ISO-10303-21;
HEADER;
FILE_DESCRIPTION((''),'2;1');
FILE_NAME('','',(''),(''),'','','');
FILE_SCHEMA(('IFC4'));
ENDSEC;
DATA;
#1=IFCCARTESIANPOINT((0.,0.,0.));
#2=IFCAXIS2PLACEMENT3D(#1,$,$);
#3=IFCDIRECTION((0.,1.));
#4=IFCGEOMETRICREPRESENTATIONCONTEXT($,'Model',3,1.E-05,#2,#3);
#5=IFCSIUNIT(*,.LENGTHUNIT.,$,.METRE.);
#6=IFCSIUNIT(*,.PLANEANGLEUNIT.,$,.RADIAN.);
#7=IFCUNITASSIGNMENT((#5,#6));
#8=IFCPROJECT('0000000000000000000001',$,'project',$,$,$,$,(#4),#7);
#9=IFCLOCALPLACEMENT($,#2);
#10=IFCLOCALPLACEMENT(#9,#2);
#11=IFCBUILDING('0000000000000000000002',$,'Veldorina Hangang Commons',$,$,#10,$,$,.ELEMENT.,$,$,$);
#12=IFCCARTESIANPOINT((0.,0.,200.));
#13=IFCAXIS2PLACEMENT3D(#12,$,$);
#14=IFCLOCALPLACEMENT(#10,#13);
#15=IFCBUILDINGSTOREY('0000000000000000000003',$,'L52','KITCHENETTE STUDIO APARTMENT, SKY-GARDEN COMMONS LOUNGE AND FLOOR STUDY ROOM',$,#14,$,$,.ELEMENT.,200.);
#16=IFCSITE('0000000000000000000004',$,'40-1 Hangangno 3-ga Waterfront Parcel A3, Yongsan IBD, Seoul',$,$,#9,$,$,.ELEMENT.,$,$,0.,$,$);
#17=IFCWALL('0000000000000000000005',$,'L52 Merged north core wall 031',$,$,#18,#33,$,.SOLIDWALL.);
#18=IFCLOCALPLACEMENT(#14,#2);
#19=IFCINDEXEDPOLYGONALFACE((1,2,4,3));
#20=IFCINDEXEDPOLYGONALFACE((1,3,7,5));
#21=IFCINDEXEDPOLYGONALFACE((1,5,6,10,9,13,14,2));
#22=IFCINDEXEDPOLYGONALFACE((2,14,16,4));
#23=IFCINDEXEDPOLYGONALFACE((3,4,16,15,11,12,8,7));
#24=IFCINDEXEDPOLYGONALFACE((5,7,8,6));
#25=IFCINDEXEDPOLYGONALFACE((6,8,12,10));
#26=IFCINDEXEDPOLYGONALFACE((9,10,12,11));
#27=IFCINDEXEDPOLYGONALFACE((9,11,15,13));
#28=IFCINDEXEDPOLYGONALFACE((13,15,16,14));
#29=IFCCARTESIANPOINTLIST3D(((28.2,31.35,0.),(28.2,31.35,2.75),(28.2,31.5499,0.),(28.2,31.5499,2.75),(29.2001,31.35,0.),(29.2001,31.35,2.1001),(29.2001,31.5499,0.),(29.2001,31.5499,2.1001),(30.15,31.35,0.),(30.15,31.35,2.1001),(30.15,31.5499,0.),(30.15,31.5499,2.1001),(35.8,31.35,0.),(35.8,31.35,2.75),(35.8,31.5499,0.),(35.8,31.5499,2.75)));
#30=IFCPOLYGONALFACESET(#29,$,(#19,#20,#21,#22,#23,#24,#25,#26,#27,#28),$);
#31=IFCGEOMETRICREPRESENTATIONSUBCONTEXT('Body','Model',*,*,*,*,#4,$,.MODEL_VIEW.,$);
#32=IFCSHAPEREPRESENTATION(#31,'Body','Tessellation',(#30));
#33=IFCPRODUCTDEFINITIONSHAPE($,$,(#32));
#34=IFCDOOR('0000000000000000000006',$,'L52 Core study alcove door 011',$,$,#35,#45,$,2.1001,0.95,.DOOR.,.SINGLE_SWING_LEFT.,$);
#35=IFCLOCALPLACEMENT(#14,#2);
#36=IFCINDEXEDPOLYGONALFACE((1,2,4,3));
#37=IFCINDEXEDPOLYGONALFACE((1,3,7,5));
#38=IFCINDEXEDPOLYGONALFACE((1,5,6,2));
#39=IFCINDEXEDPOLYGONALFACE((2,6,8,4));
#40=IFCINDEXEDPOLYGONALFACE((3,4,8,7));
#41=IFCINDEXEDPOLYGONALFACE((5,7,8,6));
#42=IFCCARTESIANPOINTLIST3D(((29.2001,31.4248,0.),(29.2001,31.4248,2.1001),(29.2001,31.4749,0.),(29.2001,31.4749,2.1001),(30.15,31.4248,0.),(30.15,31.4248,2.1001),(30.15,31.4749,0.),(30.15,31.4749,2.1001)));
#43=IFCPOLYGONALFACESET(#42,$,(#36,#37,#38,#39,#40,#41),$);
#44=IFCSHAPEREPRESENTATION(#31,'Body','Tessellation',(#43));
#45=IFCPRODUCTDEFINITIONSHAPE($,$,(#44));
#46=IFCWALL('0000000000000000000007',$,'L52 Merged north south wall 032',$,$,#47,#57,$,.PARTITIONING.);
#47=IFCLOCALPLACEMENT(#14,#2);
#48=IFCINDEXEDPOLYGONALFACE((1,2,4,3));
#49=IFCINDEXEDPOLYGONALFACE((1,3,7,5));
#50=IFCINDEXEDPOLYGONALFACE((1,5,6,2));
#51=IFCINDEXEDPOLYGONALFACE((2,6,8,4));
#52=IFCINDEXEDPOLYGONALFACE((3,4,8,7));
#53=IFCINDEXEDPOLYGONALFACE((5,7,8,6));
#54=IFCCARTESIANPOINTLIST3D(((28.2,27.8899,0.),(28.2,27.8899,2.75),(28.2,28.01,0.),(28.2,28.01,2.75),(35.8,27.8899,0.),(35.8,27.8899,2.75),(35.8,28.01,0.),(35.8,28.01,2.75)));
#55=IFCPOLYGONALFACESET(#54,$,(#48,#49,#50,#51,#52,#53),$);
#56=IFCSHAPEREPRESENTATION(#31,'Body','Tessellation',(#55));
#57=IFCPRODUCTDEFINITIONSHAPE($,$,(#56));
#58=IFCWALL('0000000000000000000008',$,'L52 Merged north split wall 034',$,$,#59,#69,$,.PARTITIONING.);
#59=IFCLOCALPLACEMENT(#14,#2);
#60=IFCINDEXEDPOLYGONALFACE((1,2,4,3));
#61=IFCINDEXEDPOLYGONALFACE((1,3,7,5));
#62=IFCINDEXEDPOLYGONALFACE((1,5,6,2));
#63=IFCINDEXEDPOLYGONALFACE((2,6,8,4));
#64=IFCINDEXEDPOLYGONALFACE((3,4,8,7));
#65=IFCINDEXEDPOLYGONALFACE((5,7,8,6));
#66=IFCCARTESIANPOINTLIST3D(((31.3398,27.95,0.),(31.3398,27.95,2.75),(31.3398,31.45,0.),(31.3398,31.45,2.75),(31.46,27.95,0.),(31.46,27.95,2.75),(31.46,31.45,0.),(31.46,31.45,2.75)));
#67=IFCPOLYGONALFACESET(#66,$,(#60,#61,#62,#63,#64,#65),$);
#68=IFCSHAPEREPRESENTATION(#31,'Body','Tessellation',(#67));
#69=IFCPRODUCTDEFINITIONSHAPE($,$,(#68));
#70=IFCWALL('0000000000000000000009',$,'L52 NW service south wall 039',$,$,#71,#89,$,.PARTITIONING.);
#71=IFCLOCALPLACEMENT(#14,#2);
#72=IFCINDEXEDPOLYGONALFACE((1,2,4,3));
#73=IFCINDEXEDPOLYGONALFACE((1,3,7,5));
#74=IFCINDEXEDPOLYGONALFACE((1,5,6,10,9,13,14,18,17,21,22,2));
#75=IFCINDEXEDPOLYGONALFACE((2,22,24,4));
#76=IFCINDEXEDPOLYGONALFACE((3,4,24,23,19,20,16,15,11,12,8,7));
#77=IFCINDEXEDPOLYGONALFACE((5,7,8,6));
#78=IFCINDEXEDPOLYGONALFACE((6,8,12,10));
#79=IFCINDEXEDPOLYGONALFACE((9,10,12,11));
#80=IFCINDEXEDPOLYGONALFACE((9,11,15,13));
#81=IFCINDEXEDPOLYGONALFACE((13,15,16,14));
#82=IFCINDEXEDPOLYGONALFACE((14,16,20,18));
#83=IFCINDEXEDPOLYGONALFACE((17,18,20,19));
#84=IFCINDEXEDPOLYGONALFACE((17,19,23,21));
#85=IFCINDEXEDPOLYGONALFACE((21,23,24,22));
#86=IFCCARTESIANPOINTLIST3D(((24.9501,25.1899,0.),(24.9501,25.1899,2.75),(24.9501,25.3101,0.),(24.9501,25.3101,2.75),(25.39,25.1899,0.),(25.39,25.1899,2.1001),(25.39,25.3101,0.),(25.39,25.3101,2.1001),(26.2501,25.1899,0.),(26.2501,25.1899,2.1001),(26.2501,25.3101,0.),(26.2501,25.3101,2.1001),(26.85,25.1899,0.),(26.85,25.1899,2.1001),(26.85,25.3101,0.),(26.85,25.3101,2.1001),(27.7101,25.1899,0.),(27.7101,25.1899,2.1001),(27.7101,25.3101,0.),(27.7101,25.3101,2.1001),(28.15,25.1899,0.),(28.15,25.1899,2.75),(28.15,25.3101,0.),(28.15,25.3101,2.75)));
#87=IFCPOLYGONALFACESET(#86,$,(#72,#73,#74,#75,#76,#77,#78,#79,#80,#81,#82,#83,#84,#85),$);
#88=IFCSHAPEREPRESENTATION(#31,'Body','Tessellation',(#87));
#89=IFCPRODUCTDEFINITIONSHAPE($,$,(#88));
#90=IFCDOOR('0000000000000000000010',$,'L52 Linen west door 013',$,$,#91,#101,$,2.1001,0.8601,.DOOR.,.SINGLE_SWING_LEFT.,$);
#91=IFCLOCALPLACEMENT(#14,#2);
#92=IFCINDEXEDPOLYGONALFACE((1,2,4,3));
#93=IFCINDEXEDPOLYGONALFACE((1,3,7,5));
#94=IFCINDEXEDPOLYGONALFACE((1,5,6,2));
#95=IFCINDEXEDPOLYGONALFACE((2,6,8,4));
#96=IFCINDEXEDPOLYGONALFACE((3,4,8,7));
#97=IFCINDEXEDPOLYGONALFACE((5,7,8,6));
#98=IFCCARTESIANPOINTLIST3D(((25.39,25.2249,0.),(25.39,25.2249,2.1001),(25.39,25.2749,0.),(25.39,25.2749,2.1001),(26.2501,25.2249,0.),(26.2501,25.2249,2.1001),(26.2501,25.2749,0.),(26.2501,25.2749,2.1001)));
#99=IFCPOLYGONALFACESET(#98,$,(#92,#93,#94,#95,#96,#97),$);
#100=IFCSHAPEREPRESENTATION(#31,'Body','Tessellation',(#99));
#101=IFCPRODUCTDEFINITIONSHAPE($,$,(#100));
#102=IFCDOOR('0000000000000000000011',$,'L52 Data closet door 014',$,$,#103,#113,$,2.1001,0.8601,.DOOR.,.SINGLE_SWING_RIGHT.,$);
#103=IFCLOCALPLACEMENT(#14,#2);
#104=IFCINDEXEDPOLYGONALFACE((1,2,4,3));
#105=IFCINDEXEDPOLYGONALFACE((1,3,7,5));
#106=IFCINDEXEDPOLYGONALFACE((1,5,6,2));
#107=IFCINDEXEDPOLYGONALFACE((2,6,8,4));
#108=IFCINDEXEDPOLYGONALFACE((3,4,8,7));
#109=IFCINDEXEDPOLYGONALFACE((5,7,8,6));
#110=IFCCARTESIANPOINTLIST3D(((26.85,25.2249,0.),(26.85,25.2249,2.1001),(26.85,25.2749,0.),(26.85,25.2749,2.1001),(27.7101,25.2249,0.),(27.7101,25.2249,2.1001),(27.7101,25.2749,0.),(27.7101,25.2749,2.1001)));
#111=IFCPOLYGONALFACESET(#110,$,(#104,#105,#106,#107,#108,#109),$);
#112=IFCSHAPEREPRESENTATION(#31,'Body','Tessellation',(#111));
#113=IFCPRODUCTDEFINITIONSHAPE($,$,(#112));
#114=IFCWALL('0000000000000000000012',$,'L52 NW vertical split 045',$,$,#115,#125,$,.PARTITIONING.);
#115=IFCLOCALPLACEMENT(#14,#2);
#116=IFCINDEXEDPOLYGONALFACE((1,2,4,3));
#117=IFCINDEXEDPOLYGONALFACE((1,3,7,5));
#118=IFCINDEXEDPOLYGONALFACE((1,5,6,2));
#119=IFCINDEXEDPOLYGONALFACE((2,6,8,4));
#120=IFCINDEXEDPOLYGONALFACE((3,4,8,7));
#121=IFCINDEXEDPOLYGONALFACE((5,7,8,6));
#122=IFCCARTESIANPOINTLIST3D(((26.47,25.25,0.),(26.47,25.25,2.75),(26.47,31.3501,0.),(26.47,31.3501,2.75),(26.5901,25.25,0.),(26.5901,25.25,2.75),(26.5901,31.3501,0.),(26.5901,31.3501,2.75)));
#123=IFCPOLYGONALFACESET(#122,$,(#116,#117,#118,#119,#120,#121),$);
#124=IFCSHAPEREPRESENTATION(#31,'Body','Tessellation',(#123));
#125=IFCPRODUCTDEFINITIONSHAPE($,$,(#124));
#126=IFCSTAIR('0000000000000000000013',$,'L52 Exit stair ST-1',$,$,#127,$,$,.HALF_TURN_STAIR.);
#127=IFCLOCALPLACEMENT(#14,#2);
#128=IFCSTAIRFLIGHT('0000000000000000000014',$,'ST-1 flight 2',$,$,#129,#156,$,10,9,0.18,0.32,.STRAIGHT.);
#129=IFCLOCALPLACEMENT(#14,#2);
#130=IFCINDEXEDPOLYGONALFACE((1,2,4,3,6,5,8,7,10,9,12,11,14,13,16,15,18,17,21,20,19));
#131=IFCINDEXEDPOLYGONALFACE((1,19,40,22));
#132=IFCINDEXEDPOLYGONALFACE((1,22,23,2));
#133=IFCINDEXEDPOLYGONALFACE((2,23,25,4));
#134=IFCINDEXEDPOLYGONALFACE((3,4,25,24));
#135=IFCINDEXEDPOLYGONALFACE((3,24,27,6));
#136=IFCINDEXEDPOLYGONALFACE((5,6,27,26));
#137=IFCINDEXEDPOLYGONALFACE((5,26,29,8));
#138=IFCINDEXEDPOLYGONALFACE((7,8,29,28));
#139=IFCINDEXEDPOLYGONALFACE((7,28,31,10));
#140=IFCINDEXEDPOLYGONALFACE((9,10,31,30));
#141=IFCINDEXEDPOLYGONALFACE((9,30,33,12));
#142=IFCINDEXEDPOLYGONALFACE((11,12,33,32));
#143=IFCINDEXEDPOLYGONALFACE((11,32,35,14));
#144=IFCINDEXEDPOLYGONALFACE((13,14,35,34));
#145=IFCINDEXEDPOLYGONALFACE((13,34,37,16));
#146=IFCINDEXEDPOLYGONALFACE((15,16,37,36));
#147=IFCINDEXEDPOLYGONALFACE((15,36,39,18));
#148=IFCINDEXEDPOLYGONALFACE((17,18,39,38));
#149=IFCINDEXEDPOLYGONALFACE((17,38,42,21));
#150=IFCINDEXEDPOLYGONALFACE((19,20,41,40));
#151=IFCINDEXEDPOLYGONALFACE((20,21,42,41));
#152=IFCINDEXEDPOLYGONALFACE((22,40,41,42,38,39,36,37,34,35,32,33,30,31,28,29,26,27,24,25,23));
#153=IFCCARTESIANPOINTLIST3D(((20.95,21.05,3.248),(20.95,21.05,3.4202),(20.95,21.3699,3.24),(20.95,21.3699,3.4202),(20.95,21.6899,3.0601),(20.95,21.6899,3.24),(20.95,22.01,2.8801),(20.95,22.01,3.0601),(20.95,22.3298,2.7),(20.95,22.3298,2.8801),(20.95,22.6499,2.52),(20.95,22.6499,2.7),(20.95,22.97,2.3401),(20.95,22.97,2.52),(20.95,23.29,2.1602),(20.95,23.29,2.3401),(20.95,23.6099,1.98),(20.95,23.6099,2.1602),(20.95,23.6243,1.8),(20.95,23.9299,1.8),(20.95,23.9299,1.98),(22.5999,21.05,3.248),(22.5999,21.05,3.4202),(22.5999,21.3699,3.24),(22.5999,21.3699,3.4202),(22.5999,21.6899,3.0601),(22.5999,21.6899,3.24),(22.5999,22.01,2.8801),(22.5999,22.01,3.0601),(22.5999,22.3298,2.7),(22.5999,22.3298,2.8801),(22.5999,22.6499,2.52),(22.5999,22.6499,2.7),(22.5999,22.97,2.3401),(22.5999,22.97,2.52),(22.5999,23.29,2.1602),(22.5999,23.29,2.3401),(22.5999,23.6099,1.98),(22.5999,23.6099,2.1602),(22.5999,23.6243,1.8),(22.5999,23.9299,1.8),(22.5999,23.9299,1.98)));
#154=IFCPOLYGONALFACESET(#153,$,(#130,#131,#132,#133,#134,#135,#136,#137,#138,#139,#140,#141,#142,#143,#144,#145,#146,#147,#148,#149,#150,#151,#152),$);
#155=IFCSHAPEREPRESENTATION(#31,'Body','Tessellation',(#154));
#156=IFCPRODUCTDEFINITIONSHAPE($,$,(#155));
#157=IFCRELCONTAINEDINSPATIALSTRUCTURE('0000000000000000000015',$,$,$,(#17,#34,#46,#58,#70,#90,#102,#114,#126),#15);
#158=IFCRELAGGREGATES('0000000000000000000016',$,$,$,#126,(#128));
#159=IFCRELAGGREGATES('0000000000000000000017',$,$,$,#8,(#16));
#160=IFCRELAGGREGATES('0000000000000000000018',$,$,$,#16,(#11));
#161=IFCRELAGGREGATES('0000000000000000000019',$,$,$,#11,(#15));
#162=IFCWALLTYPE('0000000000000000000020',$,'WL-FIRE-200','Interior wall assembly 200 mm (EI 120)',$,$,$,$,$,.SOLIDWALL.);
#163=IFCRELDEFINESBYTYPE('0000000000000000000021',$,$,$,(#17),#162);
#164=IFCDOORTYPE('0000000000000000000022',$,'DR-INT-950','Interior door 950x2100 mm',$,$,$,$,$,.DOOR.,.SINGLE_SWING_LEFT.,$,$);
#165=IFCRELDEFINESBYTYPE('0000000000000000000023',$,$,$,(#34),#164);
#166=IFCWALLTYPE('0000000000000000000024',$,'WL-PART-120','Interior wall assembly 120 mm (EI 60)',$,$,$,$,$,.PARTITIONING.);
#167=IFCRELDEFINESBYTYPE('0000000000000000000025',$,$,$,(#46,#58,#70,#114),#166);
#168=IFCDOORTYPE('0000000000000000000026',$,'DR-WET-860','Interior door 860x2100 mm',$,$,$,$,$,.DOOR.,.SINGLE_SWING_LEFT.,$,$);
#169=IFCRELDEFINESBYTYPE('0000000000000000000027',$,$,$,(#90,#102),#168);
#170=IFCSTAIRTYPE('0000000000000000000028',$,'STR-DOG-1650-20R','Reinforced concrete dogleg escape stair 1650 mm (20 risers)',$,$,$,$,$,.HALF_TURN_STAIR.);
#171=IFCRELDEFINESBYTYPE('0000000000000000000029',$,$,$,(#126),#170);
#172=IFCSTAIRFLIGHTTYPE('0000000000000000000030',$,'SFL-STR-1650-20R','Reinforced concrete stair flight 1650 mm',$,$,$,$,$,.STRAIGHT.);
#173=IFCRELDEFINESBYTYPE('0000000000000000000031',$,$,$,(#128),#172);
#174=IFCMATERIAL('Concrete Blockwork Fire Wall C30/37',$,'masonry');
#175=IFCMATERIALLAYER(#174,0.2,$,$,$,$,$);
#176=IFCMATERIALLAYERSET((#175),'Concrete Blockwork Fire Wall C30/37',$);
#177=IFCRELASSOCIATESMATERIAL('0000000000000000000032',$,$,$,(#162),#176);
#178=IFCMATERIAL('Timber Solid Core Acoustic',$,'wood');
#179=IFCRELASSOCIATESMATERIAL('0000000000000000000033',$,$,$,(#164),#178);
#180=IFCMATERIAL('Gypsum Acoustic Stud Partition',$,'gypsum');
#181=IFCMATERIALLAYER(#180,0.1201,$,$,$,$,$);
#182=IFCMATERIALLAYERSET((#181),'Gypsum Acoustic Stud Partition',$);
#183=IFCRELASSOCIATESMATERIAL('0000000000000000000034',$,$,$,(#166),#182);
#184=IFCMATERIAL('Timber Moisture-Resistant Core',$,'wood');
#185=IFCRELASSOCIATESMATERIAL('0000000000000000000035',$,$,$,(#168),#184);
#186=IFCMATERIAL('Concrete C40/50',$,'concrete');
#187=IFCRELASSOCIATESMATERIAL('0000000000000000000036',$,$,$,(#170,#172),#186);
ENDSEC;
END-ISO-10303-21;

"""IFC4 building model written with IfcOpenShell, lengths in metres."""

from ifc_helpers import new_model, si_unit, direction, frame, frame_2d, origin, place, context, subcontext, project, spatial, polyline, rectangle, outline, extrude, material, layer, layer_set, type_object, element, fill, aggregate, save


model = new_model("IFC4")

# Units and contexts
model_context = context("Model", 3, precision=1e-05, world=origin(), true_north=direction((0.0, 1.0)))
body_context = subcontext(model_context, "Body", "Model", "MODEL_VIEW")
ifc_project = project(units=[si_unit("LENGTHUNIT", "METRE"), si_unit("PLANEANGLEUNIT", "RADIAN")], contexts=[model_context])

# Site, building, storey
site_placement = place(None, origin())
site = spatial("IfcSite", under=ifc_project, at=site_placement, Name="40-1 Hangangno 3-ga Waterfront Parcel A3, Yongsan IBD, Seoul", CompositionType="ELEMENT", RefElevation=0.0)
building_placement = place(site_placement, origin())
building = spatial("IfcBuilding", under=site, at=building_placement, Name="Veldorina Hangang Commons", CompositionType="ELEMENT")
storey_placement = place(building_placement, frame((0.0, 0.0, 200.0)))
storey = spatial("IfcBuildingStorey", under=building, at=storey_placement, Name="L52", Description="KITCHENETTE STUDIO APARTMENT, SKY-GARDEN COMMONS LOUNGE AND FLOOR STUDY ROOM", CompositionType="ELEMENT", Elevation=200.0)

# Shared definitions
ifc_material_1 = material(Name="Concrete Blockwork Fire Wall C30/37", Category="masonry")
ifc_layer_1 = layer(ifc_material_1, 0.2)
ifc_layer_set_1 = layer_set([ifc_layer_1], Name="Concrete Blockwork Fire Wall C30/37")
wall_type_1 = type_object("IfcWallType", Name="WL-FIRE-200", Description="Interior wall assembly 200 mm (EI 120)", PredefinedType="SOLIDWALL", material=ifc_layer_set_1)

# Wall, opening, door
wall_1_placement = place(storey_placement, frame((28.2, 31.45, 0.0), z_axis=(0.0, 0.0, 1.0), x_axis=(1.0, 0.0, 0.0)))
wall_1 = element("IfcWall", 1, at=wall_1_placement, inside=storey, type_object=wall_type_1, Name="L52 Merged north core wall 031", PredefinedType="SOLIDWALL", context=body_context, shape_type="SweptSolid", body=[
    extrude(rectangle(XDim=7.6001, YDim=0.2, at=frame_2d((3.8, 0.0))), origin(), (0.0, 0.0, 1.0), 2.75),
])
opening_1_placement = place(wall_1_placement, frame((1.0, 0.0, 0.0)))
opening_1 = element("IfcOpeningElement", 2, at=opening_1_placement, cuts=wall_1, PredefinedType="OPENING", context=body_context, shape_type="SweptSolid", body=[
    extrude(rectangle(XDim=0.95, YDim=2.1001, at=frame_2d((0.4751, 1.05))), frame((0.0, 0.1099, 0.0), z_axis=(0.0, -1.0, 0.0), x_axis=(1.0, 0.0, 0.0)), (0.0, 0.0, 1.0), 0.22),
])
ifc_material_2 = material(Name="Timber Solid Core Acoustic", Category="wood")
door_type_1 = type_object("IfcDoorType", Name="DR-INT-950", Description="Interior door 950x2100 mm", OperationType="SINGLE_SWING_LEFT", PredefinedType="DOOR", material=ifc_material_2)
door_1_placement = place(opening_1_placement, origin())
door_1 = element("IfcDoor", 3, at=door_1_placement, inside=storey, type_object=door_type_1, Name="L52 Core study alcove door 011", OperationType="SINGLE_SWING_LEFT", OverallHeight=2.1001, OverallWidth=0.95, PredefinedType="DOOR", context=body_context, shape_type="SweptSolid", body=[
    extrude(rectangle(XDim=0.95, YDim=2.1001, at=frame_2d((0.4751, 1.05))), frame((0.0, 0.0249, 0.0), z_axis=(0.0, -1.0, 0.0), x_axis=(1.0, 0.0, 0.0)), (0.0, 0.0, 1.0), 0.05),
])
fill(opening_1, door_1)

# Walls
ifc_material_3 = material(Name="Gypsum Acoustic Stud Partition", Category="gypsum")
ifc_layer_2 = layer(ifc_material_3, 0.1201)
ifc_layer_set_2 = layer_set([ifc_layer_2], Name="Gypsum Acoustic Stud Partition")
wall_type_2 = type_object("IfcWallType", Name="WL-PART-120", Description="Interior wall assembly 120 mm (EI 60)", PredefinedType="PARTITIONING", material=ifc_layer_set_2)
wall_2_placement = place(storey_placement, frame((28.2, 27.95, 0.0), z_axis=(0.0, 0.0, 1.0), x_axis=(1.0, 0.0, 0.0)))
element("IfcWall", 4, at=wall_2_placement, inside=storey, type_object=wall_type_2, Name="L52 Merged north south wall 032", PredefinedType="PARTITIONING", context=body_context, shape_type="SweptSolid", body=[
    extrude(rectangle(XDim=7.6001, YDim=0.1201, at=frame_2d((3.8, 0.0))), origin(), (0.0, 0.0, 1.0), 2.75),
])
wall_3_placement = place(storey_placement, frame((31.3999, 27.95, 0.0), z_axis=(0.0, 0.0, 1.0), x_axis=(0.0, 1.0, 0.0)))
element("IfcWall", 5, at=wall_3_placement, inside=storey, type_object=wall_type_2, Name="L52 Merged north split wall 034", PredefinedType="PARTITIONING", context=body_context, shape_type="SweptSolid", body=[
    extrude(rectangle(XDim=3.5, YDim=0.1201, at=frame_2d((1.75, 0.0))), origin(), (0.0, 0.0, 1.0), 2.75),
])

# Wall, openings, doors
wall_4_placement = place(storey_placement, frame((24.95, 25.25, 0.0), z_axis=(0.0, 0.0, 1.0), x_axis=(1.0, 0.0, 0.0)))
wall_4 = element("IfcWall", 6, at=wall_4_placement, inside=storey, type_object=wall_type_2, Name="L52 NW service south wall 039", PredefinedType="PARTITIONING", context=body_context, shape_type="SweptSolid", body=[
    extrude(rectangle(XDim=3.2, YDim=0.1201, at=frame_2d((1.6001, 0.0))), origin(), (0.0, 0.0, 1.0), 2.75),
])
opening_2_placement = place(wall_4_placement, frame((0.4399, 0.0, 0.0)))
opening_2 = element("IfcOpeningElement", 7, at=opening_2_placement, cuts=wall_4, PredefinedType="OPENING", context=body_context, shape_type="SweptSolid", body=[
    extrude(rectangle(XDim=0.8601, YDim=2.1001, at=frame_2d((0.4302, 1.05))), frame((0.0, 0.0701, 0.0), z_axis=(0.0, -1.0, 0.0), x_axis=(1.0, 0.0, 0.0)), (0.0, 0.0, 1.0), 0.1401),
])
opening_3_placement = place(wall_4_placement, frame((1.8999, 0.0, 0.0)))
opening_3 = element("IfcOpeningElement", 8, at=opening_3_placement, cuts=wall_4, PredefinedType="OPENING", context=body_context, shape_type="SweptSolid", body=[
    extrude(rectangle(XDim=0.8601, YDim=2.1001, at=frame_2d((0.4302, 1.05))), frame((0.0, 0.0701, 0.0), z_axis=(0.0, -1.0, 0.0), x_axis=(1.0, 0.0, 0.0)), (0.0, 0.0, 1.0), 0.1401),
])
ifc_material_4 = material(Name="Timber Moisture-Resistant Core", Category="wood")
door_type_2 = type_object("IfcDoorType", Name="DR-WET-860", Description="Interior door 860x2100 mm", OperationType="SINGLE_SWING_LEFT", PredefinedType="DOOR", material=ifc_material_4)
door_2_placement = place(opening_2_placement, origin())
door_2 = element("IfcDoor", 9, at=door_2_placement, inside=storey, type_object=door_type_2, Name="L52 Linen west door 013", OperationType="SINGLE_SWING_LEFT", OverallHeight=2.1001, OverallWidth=0.8601, PredefinedType="DOOR", context=body_context, shape_type="SweptSolid", body=[
    extrude(rectangle(XDim=0.8601, YDim=2.1001, at=frame_2d((0.4302, 1.05))), frame((0.0, 0.0249, 0.0), z_axis=(0.0, -1.0, 0.0), x_axis=(1.0, 0.0, 0.0)), (0.0, 0.0, 1.0), 0.05),
])
fill(opening_2, door_2)
door_3_placement = place(opening_3_placement, origin())
door_3 = element("IfcDoor", 10, at=door_3_placement, inside=storey, type_object=door_type_2, Name="L52 Data closet door 014", OperationType="SINGLE_SWING_RIGHT", OverallHeight=2.1001, OverallWidth=0.8601, PredefinedType="DOOR", context=body_context, shape_type="SweptSolid", body=[
    extrude(rectangle(XDim=0.8601, YDim=2.1001, at=frame_2d((0.4302, 1.05))), frame((0.0, 0.0249, 0.0), z_axis=(0.0, -1.0, 0.0), x_axis=(1.0, 0.0, 0.0)), (0.0, 0.0, 1.0), 0.05),
])
fill(opening_3, door_3)

# Wall
wall_5_placement = place(storey_placement, frame((26.53, 25.25, 0.0), z_axis=(0.0, 0.0, 1.0), x_axis=(0.0, 1.0, 0.0)))
element("IfcWall", 11, at=wall_5_placement, inside=storey, type_object=wall_type_2, Name="L52 NW vertical split 045", PredefinedType="PARTITIONING", context=body_context, shape_type="SweptSolid", body=[
    extrude(rectangle(XDim=6.1001, YDim=0.1201, at=frame_2d((3.05, 0.0))), origin(), (0.0, 0.0, 1.0), 2.75),
])

# Stair, stair flight
ifc_material_5 = material(Name="Concrete C40/50", Category="concrete")
stair_type = type_object("IfcStairType", Name="STR-DOG-1650-20R", Description="Reinforced concrete dogleg escape stair 1650 mm (20 risers)", PredefinedType="HALF_TURN_STAIR", material=ifc_material_5)
stair_placement = place(storey_placement, origin())
stair = element("IfcStair", 12, at=stair_placement, inside=storey, type_object=stair_type, Name="L52 Exit stair ST-1", PredefinedType="HALF_TURN_STAIR")
stair_flight_type = type_object("IfcStairFlightType", Name="SFL-STR-1650-20R", Description="Reinforced concrete stair flight 1650 mm", PredefinedType="STRAIGHT", material=ifc_material_5)
stair_flight_placement = place(storey_placement, frame((21.7749, 23.9299, 1.8), z_axis=(0.0, 0.0, 1.0), x_axis=(0.0, -1.0, 0.0)))
stair_flight = element("IfcStairFlight", 13, at=stair_flight_placement, type_object=stair_flight_type, Name="ST-1 flight 2", NumberOfRisers=10, NumberOfTreads=9, PredefinedType="STRAIGHT", RiserHeight=0.18, TreadLength=0.32, context=body_context, shape_type="SweptSolid", body=[
    extrude(outline(polyline([(0.0, 0.0), (0.0, 0.1799), (0.3201, 0.1799), (0.3201, 0.3601), (0.6399, 0.3601), (0.6399, 0.54), (0.96, 0.54), (0.96, 0.72), (1.28, 0.72), (1.28, 0.8999), (1.6001, 0.8999), (1.6001, 1.0801), (1.9199, 1.0801), (1.9199, 1.26), (2.24, 1.26), (2.24, 1.4399), (2.5601, 1.4399), (2.5601, 1.6201), (2.8799, 1.6201), (2.8799, 1.8), (2.8799, 1.448), (0.3057, 0.0), (0.0, 0.0)])), frame((0.0, 0.825, 0.0), z_axis=(0.0, -1.0, 0.0), x_axis=(1.0, 0.0, 0.0)), (0.0, 0.0, 1.0), 1.6499),
])
aggregate(stair, [stair_flight])

save(model, "model.ifc")
